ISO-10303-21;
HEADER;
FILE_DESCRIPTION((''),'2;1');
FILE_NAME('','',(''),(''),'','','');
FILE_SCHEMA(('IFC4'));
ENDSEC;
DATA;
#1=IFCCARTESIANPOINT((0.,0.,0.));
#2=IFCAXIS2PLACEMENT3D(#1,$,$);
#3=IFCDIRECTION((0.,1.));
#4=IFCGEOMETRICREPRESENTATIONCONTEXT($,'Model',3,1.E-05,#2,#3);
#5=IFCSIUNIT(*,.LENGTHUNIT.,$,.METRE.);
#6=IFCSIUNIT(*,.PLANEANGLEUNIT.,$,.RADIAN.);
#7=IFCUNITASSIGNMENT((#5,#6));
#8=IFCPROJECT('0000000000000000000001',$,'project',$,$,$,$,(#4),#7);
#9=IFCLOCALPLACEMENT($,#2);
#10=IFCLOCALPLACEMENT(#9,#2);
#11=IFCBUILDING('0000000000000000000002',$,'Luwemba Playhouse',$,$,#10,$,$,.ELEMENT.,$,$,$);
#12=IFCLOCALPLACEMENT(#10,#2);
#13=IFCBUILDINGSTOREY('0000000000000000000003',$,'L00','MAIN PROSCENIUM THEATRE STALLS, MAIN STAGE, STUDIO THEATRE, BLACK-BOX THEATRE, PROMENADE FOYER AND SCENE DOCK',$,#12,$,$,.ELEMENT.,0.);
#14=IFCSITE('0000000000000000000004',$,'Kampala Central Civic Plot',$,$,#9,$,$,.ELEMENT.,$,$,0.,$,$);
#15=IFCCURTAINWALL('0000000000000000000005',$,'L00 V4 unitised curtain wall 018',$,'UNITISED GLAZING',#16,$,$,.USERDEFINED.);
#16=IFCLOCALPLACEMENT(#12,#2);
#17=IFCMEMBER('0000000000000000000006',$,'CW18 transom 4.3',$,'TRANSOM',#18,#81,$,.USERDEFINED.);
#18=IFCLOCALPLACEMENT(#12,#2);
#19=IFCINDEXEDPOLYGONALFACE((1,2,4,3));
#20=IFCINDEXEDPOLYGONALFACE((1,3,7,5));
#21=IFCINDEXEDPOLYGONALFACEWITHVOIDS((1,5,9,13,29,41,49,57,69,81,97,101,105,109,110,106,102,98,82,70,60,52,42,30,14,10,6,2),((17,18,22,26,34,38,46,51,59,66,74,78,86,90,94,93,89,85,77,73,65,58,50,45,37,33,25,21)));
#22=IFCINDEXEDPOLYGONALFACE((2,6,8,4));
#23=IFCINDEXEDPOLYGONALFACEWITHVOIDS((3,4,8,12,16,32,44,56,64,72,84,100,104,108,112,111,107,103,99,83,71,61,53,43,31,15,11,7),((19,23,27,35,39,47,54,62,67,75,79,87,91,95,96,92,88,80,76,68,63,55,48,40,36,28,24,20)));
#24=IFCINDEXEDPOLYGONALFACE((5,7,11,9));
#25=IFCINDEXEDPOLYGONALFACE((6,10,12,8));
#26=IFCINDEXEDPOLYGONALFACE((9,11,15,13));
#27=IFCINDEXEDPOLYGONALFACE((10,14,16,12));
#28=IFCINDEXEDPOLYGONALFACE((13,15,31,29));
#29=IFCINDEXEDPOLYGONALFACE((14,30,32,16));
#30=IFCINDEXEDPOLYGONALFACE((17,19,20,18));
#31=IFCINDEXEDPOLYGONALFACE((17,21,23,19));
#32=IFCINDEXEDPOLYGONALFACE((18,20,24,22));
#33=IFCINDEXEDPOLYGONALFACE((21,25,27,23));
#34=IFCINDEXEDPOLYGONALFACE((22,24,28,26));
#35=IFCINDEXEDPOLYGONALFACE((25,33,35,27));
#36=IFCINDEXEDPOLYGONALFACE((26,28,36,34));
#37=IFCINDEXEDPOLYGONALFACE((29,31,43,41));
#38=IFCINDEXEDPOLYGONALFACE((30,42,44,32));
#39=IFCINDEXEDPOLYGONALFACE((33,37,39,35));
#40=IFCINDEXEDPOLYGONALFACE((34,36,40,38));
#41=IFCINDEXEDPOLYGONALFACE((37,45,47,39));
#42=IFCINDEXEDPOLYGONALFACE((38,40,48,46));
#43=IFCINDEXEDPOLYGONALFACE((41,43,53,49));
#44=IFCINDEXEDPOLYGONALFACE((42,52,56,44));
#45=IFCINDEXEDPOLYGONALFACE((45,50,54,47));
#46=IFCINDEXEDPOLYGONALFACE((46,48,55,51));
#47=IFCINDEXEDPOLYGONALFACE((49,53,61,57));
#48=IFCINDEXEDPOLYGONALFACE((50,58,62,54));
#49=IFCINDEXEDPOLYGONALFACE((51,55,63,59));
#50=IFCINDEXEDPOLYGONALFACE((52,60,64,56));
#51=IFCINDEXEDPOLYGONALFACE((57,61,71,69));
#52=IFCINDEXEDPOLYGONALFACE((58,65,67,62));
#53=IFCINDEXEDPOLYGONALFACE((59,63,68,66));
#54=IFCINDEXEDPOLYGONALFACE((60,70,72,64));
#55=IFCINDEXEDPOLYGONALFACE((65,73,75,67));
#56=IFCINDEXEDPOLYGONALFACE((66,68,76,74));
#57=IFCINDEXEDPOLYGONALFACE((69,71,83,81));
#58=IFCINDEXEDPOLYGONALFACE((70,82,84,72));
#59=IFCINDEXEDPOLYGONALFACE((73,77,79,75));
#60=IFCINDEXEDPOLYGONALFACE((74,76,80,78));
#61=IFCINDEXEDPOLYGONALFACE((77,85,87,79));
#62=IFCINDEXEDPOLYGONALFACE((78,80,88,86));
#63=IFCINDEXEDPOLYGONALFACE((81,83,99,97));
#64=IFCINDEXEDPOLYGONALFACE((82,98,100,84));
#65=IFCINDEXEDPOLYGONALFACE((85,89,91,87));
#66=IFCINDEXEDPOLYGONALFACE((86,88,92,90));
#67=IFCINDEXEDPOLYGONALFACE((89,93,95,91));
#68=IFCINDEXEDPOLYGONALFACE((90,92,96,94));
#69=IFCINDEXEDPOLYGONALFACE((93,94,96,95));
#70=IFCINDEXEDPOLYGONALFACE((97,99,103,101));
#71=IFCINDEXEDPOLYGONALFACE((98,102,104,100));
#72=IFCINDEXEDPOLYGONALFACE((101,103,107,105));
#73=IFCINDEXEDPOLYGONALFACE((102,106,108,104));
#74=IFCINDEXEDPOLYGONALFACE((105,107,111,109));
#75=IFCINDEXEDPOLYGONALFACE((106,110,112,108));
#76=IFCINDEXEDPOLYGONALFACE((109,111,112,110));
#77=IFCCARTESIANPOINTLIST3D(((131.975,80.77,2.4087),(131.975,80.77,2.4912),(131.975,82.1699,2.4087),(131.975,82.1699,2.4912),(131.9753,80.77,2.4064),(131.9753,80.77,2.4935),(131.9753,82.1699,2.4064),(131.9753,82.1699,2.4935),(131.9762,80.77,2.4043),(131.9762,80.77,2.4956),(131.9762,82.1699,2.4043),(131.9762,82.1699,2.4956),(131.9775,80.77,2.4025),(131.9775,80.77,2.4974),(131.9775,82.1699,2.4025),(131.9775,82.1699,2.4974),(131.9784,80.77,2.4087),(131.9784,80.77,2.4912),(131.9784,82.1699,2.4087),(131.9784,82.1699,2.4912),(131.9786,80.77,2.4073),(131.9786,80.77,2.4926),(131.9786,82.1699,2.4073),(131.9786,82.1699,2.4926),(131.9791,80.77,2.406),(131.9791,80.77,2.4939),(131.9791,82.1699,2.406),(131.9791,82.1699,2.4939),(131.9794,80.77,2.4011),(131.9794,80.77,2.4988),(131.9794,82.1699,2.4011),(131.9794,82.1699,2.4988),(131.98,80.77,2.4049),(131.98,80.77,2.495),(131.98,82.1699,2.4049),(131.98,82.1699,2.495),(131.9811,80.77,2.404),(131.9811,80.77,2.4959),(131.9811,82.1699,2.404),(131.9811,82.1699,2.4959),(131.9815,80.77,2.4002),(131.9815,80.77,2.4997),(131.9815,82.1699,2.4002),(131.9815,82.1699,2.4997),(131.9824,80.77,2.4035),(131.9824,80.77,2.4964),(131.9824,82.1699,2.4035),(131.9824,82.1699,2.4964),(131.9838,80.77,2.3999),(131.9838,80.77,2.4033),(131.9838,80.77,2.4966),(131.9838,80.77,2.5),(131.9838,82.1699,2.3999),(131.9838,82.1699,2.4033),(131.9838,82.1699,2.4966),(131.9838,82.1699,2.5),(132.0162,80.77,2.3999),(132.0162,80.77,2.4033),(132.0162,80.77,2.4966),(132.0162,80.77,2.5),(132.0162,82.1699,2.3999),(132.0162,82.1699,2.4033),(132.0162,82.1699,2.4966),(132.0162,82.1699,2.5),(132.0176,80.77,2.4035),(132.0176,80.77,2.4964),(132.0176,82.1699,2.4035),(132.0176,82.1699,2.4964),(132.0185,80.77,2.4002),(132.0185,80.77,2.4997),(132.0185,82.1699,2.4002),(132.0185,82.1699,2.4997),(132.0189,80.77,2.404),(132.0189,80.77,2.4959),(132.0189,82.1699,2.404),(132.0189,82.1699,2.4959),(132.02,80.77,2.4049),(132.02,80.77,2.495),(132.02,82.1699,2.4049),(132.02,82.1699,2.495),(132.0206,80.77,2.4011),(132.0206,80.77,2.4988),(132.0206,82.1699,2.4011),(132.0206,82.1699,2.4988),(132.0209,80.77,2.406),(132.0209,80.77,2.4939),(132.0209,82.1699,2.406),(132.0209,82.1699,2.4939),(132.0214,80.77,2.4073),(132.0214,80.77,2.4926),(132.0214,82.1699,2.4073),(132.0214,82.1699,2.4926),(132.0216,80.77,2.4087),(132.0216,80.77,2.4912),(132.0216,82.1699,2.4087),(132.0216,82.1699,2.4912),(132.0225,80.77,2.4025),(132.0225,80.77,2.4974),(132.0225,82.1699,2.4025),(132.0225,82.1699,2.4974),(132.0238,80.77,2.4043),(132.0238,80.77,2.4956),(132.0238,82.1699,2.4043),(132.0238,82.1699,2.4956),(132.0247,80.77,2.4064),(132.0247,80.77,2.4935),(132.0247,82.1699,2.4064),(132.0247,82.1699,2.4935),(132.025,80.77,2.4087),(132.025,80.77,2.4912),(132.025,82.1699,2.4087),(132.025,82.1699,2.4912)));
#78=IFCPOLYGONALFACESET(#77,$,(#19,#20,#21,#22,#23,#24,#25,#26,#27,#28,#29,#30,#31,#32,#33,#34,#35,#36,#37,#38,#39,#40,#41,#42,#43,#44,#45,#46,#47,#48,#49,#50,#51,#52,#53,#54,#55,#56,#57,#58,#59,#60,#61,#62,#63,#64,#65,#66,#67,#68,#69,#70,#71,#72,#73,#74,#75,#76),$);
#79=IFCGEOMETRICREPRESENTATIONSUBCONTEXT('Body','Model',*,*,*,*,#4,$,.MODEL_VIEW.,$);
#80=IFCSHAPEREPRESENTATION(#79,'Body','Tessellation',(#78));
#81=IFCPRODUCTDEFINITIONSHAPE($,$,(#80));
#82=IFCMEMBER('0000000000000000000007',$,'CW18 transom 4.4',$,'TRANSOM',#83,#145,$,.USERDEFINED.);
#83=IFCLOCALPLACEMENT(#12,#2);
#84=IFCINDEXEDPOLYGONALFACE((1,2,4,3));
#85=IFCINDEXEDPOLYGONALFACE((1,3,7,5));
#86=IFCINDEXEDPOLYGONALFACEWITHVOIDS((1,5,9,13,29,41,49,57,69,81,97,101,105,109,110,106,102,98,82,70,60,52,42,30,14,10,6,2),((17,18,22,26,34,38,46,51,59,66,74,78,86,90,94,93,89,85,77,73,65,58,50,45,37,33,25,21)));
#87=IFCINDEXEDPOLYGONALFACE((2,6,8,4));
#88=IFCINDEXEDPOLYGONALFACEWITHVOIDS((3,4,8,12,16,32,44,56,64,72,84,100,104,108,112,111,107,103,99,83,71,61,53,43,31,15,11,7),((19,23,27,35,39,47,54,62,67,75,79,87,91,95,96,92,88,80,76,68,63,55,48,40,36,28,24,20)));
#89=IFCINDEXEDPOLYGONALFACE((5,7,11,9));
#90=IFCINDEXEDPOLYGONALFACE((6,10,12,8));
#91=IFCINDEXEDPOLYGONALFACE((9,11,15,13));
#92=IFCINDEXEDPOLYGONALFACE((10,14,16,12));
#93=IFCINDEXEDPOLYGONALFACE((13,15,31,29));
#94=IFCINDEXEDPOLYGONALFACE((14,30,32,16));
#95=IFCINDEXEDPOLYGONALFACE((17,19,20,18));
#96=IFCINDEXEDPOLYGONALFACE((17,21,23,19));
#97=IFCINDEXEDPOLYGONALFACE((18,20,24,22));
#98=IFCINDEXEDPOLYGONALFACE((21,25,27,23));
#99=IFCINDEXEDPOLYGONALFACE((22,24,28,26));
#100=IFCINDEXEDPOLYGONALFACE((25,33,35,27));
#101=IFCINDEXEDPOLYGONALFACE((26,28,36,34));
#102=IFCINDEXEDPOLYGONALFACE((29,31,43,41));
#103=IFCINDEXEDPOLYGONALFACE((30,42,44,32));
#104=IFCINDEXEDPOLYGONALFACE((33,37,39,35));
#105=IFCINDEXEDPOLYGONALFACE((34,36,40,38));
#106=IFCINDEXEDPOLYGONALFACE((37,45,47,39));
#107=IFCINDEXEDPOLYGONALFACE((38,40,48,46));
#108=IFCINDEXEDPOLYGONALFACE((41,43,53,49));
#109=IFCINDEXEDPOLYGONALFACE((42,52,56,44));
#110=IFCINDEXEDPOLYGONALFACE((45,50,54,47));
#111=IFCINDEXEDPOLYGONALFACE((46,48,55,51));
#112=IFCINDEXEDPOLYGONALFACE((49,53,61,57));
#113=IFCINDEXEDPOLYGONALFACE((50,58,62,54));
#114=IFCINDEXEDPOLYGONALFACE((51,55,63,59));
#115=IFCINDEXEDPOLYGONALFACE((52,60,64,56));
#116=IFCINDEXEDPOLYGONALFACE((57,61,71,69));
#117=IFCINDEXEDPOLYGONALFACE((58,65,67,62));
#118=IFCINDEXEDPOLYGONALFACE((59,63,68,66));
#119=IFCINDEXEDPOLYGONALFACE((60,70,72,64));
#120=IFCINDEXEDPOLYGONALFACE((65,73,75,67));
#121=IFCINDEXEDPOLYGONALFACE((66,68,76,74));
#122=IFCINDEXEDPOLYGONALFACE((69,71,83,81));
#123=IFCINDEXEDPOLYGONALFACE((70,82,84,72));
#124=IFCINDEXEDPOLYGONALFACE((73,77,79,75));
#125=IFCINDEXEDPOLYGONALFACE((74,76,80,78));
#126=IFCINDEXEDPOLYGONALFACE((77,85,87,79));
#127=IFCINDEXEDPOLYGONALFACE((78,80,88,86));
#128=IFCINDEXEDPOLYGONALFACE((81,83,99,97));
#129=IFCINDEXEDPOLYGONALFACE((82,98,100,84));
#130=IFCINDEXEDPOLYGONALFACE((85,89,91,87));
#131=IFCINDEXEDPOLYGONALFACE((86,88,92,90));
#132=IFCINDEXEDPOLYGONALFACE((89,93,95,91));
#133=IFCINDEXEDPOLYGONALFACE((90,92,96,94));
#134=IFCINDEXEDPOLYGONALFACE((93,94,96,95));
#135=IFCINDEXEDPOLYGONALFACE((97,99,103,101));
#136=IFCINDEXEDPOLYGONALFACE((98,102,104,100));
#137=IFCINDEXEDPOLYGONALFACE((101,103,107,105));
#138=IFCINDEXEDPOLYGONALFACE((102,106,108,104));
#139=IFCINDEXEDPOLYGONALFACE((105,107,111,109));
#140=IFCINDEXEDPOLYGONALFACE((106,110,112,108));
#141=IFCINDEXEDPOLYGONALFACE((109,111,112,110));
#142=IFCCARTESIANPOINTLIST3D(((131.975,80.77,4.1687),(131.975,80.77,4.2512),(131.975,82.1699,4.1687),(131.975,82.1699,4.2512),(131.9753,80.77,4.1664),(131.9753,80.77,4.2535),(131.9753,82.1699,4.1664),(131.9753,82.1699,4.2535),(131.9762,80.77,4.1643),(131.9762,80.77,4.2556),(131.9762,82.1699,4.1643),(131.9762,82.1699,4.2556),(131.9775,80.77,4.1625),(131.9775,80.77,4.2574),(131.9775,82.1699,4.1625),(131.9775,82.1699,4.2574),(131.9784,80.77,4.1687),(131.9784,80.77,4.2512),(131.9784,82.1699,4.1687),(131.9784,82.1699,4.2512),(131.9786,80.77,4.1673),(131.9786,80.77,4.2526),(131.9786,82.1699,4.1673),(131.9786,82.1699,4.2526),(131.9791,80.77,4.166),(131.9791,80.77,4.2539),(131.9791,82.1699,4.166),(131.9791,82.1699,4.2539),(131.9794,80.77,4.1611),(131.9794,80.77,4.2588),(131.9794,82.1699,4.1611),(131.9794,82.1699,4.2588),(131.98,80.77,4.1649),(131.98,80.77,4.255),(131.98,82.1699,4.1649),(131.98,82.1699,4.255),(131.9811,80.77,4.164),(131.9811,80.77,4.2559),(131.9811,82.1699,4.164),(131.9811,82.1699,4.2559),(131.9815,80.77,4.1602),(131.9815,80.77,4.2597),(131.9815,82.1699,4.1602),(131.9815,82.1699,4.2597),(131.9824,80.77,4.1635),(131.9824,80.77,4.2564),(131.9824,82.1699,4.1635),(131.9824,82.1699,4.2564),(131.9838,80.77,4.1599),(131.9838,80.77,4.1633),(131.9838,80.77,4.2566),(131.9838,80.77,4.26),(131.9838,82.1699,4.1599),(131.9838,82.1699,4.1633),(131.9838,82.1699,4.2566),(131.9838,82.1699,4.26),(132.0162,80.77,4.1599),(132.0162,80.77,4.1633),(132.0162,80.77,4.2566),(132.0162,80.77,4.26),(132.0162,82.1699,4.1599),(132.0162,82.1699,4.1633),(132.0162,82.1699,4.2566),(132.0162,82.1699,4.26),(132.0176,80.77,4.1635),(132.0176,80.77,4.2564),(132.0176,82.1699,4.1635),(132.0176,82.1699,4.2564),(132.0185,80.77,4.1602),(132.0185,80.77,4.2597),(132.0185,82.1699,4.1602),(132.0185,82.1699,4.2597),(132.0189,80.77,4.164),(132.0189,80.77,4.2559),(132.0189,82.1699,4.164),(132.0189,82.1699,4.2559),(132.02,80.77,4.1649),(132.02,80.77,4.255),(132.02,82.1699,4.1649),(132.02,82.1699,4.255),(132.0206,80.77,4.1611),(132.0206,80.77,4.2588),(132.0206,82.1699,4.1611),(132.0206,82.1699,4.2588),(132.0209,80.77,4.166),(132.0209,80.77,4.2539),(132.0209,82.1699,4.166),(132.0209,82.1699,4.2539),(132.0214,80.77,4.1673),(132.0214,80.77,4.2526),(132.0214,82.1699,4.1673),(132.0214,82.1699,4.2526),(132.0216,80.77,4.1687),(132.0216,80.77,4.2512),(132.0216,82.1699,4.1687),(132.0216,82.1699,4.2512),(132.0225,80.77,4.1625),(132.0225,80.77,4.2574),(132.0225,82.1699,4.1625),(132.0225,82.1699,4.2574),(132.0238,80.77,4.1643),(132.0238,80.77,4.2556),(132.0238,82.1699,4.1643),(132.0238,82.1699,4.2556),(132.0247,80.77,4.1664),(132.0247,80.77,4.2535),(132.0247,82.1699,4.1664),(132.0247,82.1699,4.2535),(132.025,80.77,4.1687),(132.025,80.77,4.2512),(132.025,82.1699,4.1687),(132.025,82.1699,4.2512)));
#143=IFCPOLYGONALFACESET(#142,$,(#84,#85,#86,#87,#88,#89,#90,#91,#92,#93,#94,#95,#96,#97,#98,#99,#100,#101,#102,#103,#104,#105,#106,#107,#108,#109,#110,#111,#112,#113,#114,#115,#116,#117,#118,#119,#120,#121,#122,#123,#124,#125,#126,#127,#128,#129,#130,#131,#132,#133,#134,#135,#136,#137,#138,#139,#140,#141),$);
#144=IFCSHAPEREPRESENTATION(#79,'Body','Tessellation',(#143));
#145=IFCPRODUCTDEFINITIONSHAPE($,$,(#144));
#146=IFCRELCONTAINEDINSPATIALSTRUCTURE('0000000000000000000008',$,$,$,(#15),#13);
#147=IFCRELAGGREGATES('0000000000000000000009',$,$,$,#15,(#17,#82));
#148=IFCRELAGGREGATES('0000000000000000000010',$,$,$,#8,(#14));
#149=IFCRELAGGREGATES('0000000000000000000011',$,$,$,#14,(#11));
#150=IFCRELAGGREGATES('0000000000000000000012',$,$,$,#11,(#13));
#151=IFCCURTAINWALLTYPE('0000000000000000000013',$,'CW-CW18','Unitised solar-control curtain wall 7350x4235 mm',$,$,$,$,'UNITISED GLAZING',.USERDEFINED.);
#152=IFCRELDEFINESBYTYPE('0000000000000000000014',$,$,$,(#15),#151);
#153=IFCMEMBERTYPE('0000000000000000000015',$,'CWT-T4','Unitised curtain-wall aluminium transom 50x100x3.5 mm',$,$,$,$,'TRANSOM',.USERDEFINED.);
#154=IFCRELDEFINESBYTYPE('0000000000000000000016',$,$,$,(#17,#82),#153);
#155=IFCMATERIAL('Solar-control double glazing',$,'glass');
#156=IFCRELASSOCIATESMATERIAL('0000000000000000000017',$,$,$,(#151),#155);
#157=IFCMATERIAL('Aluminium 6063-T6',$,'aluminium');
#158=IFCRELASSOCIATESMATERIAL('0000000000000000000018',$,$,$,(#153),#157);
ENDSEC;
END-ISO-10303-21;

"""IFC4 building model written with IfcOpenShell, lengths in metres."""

from ifc_helpers import new_model, si_unit, direction, frame, origin, origin_2d, place, context, subcontext, project, spatial, hollow_rectangle, extrude, material, material_profile, profile_set, type_object, element, aggregate, save


model = new_model("IFC4")

# Units and contexts
model_context = context("Model", 3, precision=1e-05, world=origin(), true_north=direction((0.0, 1.0)))
body_context = subcontext(model_context, "Body", "Model", "MODEL_VIEW")
ifc_project = project(units=[si_unit("LENGTHUNIT", "METRE"), si_unit("PLANEANGLEUNIT", "RADIAN")], contexts=[model_context])

# Site, building, storey
site_placement = place(None, origin())
site = spatial("IfcSite", under=ifc_project, at=site_placement, Name="Kampala Central Civic Plot", CompositionType="ELEMENT", RefElevation=0.0)
building_placement = place(site_placement, origin())
building = spatial("IfcBuilding", under=site, at=building_placement, Name="Luwemba Playhouse", CompositionType="ELEMENT")
storey_placement = place(building_placement, origin())
storey = spatial("IfcBuildingStorey", under=building, at=storey_placement, Name="L00", Description="MAIN PROSCENIUM THEATRE STALLS, MAIN STAGE, STUDIO THEATRE, BLACK-BOX THEATRE, PROMENADE FOYER AND SCENE DOCK", CompositionType="ELEMENT", Elevation=0.0)

# Curtain wall, members
ifc_material_1 = material(Name="Solar-control double glazing", Category="glass")
curtain_wall_type = type_object("IfcCurtainWallType", Name="CW-CW18", Description="Unitised solar-control curtain wall 7350x4235 mm", ElementType="UNITISED GLAZING", PredefinedType="USERDEFINED", material=ifc_material_1)
curtain_wall_placement = place(storey_placement, origin())
curtain_wall = element("IfcCurtainWall", 1, at=curtain_wall_placement, inside=storey, type_object=curtain_wall_type, Name="L00 V4 unitised curtain wall 018", ObjectType="UNITISED GLAZING", PredefinedType="USERDEFINED")
ifc_material_2 = material(Name="Aluminium 6063-T6", Category="aluminium")
ifc_material_profile_1 = material_profile(ifc_material_2, hollow_rectangle(XDim=0.05, YDim=0.1001, WallThickness=0.0034, InnerFilletRadius=0.0054, OuterFilletRadius=0.0088, at=origin_2d()))
ifc_profile_set_1 = profile_set([ifc_material_profile_1], Name="Aluminium 6063-T6")
member_type_1 = type_object("IfcMemberType", Name="CWT-T4", Description="Unitised curtain-wall aluminium transom 50x100x3.5 mm", ElementType="TRANSOM", PredefinedType="USERDEFINED", material=ifc_profile_set_1)
member_1_placement = place(storey_placement, frame((132.0, 80.77, 2.45), z_axis=(0.0, 1.0, 0.0), x_axis=(-1.0, 0.0, 0.0)))
member_1 = element("IfcMember", 2, at=member_1_placement, type_object=member_type_1, Name="CW18 transom 4.3", ObjectType="TRANSOM", PredefinedType="USERDEFINED", context=body_context, shape_type="SweptSolid", body=[
    extrude(hollow_rectangle(XDim=0.05, YDim=0.1001, WallThickness=0.0034, InnerFilletRadius=0.0054, OuterFilletRadius=0.0088, at=origin_2d()), origin(), (0.0, 0.0, 1.0), 1.3999),
])
member_2_placement = place(storey_placement, frame((132.0, 80.77, 4.21), z_axis=(0.0, 1.0, 0.0), x_axis=(-1.0, 0.0, 0.0)))
member_2 = element("IfcMember", 3, at=member_2_placement, type_object=member_type_1, Name="CW18 transom 4.4", ObjectType="TRANSOM", PredefinedType="USERDEFINED", context=body_context, shape_type="SweptSolid", body=[
    extrude(hollow_rectangle(XDim=0.05, YDim=0.1001, WallThickness=0.0034, InnerFilletRadius=0.0054, OuterFilletRadius=0.0088, at=origin_2d()), origin(), (0.0, 0.0, 1.0), 1.3999),
])
aggregate(curtain_wall, [member_1, member_2])

save(model, "model.ifc")
